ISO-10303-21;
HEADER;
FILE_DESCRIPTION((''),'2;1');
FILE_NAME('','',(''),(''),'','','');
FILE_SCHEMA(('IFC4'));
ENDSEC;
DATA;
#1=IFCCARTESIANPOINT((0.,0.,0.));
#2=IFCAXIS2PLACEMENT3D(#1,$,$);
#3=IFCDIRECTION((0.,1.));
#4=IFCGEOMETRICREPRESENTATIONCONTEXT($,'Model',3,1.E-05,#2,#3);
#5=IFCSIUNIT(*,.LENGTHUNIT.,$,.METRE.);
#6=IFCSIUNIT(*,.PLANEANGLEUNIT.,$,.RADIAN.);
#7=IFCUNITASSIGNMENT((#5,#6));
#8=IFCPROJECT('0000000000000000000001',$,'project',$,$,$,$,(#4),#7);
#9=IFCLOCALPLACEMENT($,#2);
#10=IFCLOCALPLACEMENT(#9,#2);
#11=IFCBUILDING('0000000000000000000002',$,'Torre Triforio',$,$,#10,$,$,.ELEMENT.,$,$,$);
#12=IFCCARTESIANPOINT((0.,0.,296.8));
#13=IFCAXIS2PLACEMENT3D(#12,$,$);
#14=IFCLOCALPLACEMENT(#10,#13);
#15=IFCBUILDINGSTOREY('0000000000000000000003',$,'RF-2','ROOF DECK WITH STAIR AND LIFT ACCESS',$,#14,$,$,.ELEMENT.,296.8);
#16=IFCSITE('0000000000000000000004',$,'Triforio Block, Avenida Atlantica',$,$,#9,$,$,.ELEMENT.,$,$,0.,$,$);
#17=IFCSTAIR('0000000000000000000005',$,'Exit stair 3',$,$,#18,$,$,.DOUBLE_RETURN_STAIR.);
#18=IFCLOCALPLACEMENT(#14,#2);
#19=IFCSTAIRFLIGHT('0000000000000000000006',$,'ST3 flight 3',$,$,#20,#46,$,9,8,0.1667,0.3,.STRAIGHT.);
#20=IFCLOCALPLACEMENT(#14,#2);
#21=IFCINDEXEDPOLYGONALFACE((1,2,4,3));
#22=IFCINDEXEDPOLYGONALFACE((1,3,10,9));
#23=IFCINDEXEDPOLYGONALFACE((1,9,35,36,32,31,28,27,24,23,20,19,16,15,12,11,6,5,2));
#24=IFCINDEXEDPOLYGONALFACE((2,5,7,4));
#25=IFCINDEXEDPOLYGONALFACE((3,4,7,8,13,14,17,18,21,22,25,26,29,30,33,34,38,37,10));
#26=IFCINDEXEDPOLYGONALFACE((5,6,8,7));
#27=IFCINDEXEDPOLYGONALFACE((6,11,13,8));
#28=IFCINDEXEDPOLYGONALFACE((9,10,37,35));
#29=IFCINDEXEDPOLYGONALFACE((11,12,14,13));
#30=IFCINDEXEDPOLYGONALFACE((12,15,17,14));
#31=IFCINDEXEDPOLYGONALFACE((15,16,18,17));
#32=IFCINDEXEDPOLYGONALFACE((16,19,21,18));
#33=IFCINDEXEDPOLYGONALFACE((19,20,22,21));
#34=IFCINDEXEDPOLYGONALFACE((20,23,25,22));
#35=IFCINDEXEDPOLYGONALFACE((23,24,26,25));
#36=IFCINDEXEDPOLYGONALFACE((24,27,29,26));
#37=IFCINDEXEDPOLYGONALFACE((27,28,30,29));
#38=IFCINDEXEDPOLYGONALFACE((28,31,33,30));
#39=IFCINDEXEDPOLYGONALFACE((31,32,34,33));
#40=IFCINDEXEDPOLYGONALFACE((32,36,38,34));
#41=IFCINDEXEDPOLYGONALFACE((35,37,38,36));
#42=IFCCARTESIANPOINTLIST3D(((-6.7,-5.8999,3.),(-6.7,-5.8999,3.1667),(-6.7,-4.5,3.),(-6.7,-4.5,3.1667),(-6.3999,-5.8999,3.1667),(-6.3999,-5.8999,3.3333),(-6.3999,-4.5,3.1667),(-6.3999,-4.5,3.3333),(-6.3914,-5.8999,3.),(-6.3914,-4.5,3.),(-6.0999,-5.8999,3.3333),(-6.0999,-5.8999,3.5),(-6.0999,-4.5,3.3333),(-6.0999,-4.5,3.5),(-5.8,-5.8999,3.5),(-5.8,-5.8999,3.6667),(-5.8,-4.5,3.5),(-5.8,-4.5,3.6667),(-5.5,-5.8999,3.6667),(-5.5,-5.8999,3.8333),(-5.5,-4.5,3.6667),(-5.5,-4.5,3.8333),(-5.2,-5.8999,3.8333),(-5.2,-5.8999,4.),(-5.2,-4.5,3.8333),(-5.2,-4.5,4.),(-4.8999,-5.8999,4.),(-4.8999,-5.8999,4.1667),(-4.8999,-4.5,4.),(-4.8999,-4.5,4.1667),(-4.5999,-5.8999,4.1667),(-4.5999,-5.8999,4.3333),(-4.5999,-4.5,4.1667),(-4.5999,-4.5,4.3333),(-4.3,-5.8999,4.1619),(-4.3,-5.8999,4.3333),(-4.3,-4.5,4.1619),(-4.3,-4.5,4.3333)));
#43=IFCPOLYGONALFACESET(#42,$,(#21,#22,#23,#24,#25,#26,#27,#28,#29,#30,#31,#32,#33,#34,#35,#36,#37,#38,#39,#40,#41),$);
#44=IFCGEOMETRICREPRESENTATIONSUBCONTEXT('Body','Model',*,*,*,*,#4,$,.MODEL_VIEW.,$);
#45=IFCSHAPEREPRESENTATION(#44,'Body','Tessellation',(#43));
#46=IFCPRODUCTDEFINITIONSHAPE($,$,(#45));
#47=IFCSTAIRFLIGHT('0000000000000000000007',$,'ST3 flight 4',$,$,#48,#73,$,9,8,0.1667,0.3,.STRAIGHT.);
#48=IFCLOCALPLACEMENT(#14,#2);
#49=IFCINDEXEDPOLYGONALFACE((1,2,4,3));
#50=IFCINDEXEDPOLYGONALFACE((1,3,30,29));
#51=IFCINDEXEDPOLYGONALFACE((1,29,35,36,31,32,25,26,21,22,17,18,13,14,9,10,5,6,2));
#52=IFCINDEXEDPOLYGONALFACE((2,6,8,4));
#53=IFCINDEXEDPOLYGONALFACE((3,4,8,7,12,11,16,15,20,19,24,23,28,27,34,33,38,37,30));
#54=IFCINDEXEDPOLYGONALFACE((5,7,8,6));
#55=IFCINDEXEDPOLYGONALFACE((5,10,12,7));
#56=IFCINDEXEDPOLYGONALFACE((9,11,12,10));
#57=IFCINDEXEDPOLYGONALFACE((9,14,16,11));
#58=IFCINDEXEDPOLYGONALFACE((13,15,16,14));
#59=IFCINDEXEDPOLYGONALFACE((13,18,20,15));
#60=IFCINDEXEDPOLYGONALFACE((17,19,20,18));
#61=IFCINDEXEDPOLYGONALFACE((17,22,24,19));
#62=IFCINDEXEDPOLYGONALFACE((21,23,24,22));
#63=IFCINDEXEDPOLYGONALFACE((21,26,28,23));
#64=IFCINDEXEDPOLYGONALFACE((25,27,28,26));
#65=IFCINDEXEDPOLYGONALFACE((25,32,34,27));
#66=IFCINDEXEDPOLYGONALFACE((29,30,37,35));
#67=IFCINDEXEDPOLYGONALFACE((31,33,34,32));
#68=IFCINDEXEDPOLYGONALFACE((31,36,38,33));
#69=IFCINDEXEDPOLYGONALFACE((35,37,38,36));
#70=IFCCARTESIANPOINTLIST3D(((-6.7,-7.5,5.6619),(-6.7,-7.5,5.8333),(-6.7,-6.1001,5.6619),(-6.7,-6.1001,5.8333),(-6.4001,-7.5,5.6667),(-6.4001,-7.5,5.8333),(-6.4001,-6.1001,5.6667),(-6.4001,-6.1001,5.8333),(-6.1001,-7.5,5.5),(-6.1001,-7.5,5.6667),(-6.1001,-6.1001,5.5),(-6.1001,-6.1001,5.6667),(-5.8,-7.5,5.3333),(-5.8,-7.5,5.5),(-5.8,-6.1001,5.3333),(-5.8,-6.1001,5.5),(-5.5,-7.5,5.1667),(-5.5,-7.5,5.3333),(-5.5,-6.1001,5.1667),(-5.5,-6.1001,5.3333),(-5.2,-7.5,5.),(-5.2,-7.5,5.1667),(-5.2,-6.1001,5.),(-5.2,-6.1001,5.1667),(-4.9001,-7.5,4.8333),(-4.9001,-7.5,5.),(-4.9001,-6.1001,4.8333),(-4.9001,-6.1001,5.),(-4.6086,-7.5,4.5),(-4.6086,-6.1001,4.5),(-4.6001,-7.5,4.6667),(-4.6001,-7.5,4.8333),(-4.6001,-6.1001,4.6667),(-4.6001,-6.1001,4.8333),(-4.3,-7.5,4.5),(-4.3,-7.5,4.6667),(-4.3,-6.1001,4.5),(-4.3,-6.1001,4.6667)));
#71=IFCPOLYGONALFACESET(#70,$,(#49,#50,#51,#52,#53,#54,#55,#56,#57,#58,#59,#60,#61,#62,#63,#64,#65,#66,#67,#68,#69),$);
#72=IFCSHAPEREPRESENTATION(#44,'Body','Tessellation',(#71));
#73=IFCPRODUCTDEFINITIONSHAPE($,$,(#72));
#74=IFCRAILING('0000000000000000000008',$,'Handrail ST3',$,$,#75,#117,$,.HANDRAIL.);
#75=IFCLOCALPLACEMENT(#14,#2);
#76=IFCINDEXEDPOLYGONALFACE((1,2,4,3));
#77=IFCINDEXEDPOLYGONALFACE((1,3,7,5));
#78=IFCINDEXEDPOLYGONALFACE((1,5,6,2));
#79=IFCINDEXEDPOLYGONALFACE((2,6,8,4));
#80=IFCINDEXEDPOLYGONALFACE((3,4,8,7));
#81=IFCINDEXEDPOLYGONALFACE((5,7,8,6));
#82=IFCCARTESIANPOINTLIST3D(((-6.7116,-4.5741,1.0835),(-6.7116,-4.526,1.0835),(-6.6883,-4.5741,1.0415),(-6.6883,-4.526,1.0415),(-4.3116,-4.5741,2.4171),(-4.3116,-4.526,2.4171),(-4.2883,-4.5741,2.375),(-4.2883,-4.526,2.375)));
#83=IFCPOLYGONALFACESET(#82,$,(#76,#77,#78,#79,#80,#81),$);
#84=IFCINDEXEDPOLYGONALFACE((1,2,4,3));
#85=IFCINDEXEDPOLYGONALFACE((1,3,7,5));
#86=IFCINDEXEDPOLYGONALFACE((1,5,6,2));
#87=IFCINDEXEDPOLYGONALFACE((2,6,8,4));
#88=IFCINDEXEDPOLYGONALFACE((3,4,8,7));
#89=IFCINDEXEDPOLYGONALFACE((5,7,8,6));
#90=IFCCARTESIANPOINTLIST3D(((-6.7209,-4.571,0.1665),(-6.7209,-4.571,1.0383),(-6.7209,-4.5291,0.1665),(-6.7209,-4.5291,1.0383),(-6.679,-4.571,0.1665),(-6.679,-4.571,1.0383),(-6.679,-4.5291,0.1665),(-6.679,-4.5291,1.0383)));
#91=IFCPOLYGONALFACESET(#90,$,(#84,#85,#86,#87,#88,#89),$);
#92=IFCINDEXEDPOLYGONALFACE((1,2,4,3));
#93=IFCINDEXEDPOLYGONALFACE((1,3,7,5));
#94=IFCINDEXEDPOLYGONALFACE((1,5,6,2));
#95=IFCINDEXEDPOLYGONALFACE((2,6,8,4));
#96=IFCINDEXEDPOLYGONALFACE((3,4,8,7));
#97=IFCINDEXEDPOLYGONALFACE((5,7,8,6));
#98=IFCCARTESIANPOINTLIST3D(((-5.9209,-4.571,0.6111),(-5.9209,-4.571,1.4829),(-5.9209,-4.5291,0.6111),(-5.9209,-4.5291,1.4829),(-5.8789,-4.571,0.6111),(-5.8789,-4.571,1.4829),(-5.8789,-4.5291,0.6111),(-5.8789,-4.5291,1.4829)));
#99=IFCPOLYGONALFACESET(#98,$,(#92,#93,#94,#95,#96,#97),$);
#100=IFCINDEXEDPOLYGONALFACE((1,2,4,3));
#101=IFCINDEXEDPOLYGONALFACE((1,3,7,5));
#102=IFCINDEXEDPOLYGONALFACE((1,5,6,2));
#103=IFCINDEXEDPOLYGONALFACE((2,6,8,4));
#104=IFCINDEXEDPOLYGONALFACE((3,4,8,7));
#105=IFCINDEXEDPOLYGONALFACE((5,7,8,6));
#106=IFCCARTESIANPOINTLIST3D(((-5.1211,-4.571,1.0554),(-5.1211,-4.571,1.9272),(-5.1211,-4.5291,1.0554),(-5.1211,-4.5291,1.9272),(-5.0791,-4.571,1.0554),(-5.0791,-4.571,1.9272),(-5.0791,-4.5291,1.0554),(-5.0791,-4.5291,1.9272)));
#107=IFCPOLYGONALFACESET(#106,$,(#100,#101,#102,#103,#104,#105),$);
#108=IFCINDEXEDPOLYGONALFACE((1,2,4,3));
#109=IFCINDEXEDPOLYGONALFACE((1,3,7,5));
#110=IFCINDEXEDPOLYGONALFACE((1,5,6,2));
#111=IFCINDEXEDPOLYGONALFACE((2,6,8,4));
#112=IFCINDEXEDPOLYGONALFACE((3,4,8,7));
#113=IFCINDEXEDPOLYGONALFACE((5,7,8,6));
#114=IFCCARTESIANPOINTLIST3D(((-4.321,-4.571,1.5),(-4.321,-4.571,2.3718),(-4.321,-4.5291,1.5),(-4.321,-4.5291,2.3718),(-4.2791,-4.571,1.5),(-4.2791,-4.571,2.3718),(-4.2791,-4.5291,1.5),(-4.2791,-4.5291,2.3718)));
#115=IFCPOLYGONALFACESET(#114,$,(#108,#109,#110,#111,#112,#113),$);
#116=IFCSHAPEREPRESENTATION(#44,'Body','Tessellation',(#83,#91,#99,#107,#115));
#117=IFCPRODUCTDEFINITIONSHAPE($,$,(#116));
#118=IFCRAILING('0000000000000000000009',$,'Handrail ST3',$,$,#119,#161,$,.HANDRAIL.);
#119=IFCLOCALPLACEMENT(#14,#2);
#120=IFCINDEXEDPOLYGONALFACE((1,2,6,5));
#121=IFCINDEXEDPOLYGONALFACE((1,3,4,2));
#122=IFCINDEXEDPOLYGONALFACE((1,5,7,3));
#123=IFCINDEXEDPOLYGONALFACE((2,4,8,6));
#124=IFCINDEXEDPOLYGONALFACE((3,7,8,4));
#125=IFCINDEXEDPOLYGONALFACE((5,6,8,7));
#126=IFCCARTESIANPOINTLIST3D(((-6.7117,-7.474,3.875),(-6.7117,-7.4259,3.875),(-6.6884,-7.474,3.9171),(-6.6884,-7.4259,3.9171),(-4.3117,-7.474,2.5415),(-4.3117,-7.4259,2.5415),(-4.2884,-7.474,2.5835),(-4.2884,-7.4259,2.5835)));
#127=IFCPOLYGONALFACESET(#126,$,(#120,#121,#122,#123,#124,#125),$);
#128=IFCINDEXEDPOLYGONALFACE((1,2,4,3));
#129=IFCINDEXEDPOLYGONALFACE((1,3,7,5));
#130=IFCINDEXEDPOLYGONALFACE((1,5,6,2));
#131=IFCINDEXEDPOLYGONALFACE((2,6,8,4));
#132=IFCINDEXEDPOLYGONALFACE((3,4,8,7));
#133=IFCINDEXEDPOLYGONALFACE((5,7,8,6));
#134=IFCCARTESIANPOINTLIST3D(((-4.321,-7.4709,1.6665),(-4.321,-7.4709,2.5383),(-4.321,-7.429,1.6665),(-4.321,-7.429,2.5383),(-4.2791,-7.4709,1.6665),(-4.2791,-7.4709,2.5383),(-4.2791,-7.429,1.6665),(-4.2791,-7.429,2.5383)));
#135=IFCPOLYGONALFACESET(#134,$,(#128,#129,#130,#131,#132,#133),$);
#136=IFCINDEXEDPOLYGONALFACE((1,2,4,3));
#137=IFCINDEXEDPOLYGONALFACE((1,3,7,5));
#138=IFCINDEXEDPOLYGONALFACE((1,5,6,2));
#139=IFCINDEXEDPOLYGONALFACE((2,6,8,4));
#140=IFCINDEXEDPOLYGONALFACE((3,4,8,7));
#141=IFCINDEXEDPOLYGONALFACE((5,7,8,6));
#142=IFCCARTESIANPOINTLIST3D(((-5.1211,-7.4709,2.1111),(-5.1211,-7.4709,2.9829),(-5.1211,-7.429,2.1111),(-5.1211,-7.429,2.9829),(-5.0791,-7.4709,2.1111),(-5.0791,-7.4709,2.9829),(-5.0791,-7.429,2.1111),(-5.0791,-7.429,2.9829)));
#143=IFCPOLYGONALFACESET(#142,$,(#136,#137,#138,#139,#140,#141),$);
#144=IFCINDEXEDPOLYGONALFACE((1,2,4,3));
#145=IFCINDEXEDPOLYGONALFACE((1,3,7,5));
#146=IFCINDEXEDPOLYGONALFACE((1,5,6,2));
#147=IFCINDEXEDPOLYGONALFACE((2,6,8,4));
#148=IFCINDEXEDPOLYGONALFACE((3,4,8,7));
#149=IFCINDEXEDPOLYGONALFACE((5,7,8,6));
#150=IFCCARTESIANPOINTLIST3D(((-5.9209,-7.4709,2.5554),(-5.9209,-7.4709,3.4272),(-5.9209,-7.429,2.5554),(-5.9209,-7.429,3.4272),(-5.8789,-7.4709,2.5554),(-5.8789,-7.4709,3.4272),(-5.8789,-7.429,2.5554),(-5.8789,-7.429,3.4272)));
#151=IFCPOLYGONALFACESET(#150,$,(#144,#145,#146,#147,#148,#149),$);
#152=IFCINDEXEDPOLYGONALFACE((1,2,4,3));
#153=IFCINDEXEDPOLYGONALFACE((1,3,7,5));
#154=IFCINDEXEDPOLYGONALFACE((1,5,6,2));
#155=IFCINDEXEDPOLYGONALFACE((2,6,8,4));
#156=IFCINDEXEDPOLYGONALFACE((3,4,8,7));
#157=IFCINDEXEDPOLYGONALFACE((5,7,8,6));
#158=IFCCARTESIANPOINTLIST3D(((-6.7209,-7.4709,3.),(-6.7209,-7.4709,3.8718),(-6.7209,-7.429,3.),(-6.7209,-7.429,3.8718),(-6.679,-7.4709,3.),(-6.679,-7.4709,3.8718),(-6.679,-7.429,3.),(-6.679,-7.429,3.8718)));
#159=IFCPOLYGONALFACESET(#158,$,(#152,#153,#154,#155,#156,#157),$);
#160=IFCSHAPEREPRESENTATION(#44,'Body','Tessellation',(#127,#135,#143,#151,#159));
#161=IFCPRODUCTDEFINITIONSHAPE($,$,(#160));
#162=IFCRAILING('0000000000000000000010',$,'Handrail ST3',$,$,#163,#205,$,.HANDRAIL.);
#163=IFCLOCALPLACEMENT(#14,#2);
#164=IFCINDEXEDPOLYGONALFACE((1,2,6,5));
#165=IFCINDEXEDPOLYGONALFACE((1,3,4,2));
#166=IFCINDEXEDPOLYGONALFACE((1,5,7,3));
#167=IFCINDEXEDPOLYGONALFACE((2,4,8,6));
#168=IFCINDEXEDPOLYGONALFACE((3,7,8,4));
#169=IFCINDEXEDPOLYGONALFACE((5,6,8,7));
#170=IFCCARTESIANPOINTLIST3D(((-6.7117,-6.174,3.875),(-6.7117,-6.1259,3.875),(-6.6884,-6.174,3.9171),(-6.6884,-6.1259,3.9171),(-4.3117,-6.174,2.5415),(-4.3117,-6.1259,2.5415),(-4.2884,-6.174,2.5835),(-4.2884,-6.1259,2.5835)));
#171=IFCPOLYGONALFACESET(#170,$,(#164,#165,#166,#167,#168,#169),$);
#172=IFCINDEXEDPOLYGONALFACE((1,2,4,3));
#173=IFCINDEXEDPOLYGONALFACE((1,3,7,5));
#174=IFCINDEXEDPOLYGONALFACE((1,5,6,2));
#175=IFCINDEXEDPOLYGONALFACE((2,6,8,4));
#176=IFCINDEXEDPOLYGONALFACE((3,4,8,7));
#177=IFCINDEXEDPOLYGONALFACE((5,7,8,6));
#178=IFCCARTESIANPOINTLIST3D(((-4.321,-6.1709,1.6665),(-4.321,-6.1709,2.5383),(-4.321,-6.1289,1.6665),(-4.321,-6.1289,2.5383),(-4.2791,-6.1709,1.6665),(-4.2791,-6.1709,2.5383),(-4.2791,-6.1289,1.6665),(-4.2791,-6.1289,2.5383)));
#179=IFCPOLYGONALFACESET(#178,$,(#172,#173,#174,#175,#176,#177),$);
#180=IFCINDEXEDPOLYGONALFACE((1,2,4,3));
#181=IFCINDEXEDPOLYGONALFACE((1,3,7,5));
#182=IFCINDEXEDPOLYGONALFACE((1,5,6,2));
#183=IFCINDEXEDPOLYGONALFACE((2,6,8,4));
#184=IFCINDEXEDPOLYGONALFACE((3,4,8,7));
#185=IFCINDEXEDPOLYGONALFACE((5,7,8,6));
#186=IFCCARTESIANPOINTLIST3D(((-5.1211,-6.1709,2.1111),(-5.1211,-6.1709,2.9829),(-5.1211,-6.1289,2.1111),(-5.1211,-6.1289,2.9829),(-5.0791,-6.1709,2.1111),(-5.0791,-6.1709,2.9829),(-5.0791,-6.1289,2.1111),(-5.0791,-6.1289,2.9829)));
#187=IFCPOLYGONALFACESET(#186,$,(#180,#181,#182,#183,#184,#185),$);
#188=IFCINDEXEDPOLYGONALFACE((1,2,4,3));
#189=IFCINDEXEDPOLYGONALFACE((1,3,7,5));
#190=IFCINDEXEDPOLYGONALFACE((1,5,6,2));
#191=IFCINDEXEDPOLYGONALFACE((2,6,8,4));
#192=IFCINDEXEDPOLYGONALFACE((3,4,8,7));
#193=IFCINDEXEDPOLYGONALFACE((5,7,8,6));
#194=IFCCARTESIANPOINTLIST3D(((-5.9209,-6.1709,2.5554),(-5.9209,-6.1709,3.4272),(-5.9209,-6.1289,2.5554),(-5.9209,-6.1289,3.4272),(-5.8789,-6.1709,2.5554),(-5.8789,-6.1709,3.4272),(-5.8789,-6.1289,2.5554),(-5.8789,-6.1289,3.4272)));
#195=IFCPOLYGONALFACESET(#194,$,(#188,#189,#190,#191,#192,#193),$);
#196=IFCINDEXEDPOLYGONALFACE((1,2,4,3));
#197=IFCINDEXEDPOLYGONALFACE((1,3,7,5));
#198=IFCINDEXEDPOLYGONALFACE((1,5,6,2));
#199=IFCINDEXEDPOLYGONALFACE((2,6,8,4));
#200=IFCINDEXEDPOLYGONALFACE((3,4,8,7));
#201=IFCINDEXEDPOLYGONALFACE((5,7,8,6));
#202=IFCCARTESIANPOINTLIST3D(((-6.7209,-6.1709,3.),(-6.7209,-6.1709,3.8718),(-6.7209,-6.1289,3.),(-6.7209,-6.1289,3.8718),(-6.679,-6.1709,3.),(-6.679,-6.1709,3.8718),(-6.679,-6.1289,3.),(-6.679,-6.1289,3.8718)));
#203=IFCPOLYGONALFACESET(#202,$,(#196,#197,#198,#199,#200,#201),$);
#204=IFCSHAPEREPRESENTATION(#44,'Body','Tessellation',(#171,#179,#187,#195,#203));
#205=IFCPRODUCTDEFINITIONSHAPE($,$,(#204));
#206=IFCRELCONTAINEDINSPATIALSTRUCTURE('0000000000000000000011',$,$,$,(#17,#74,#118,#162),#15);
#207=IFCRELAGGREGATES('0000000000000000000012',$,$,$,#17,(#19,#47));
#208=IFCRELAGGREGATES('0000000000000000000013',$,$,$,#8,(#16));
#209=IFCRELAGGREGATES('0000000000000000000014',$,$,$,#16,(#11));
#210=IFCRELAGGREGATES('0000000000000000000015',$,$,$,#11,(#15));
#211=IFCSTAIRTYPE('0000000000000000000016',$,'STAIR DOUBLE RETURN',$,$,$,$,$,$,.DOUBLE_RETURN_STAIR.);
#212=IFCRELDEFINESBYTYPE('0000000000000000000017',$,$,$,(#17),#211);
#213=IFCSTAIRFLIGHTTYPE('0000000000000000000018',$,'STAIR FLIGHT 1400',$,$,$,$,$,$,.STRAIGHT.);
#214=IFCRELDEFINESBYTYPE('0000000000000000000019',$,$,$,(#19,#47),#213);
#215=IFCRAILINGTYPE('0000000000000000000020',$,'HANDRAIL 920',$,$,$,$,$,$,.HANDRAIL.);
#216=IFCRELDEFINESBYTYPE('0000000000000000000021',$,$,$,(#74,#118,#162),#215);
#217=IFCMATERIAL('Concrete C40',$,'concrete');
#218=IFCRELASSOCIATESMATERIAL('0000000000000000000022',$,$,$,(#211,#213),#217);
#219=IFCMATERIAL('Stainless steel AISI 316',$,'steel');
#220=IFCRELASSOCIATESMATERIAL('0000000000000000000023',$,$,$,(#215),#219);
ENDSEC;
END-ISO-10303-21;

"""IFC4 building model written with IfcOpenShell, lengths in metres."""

from ifc_helpers import new_model, si_unit, direction, frame, origin, origin_2d, place, context, subcontext, project, spatial, polyline, rectangle, outline, extrude, material, type_object, element, aggregate, save


model = new_model("IFC4")

# Units and contexts
model_context = context("Model", 3, precision=1e-05, world=origin(), true_north=direction((0.0, 1.0)))
body_context = subcontext(model_context, "Body", "Model", "MODEL_VIEW")
ifc_project = project(units=[si_unit("LENGTHUNIT", "METRE"), si_unit("PLANEANGLEUNIT", "RADIAN")], contexts=[model_context])

# Site, building, storey
site_placement = place(None, origin())
site = spatial("IfcSite", under=ifc_project, at=site_placement, Name="Triforio Block, Avenida Atlantica", CompositionType="ELEMENT", RefElevation=0.0)
building_placement = place(site_placement, origin())
building = spatial("IfcBuilding", under=site, at=building_placement, Name="Torre Triforio", CompositionType="ELEMENT")
storey_placement = place(building_placement, frame((0.0, 0.0, 296.8)))
storey = spatial("IfcBuildingStorey", under=building, at=storey_placement, Name="RF-2", Description="ROOF DECK WITH STAIR AND LIFT ACCESS", CompositionType="ELEMENT", Elevation=296.8)

# Shared definitions
ifc_material_1 = material(Name="Concrete C40", Category="concrete")

# Stair, stair flights
stair_type = type_object("IfcStairType", Name="STAIR DOUBLE RETURN", PredefinedType="DOUBLE_RETURN_STAIR", material=ifc_material_1)
stair_placement = place(storey_placement, origin())
stair = element("IfcStair", 1, at=stair_placement, inside=storey, type_object=stair_type, Name="Exit stair 3", PredefinedType="DOUBLE_RETURN_STAIR")
stair_flight_type = type_object("IfcStairFlightType", Name="STAIR FLIGHT 1400", PredefinedType="STRAIGHT", material=ifc_material_1)
stair_flight_1_placement = place(storey_placement, frame((-6.7, -5.2, 3.0), z_axis=(0.0, 0.0, 1.0), x_axis=(1.0, 0.0, 0.0)))
stair_flight_1 = element("IfcStairFlight", 2, at=stair_flight_1_placement, type_object=stair_flight_type, Name="ST3 flight 3", NumberOfRisers=9, NumberOfTreads=8, PredefinedType="STRAIGHT", RiserHeight=0.1667, TreadLength=0.3, context=body_context, shape_type="SweptSolid", body=[
    extrude(outline(polyline([(0.0, 0.0), (0.0, 0.1667), (0.3, 0.1667), (0.3, 0.3333), (0.6001, 0.3333), (0.6001, 0.5), (0.8999, 0.5), (0.8999, 0.6667), (1.2, 0.6667), (1.2, 0.8333), (1.5, 0.8333), (1.5, 1.0), (1.8, 1.0), (1.8, 1.1667), (2.1001, 1.1667), (2.1001, 1.3333), (2.3999, 1.3333), (2.3999, 1.5), (2.3999, 1.1619), (0.3086, 0.0), (0.0, 0.0)])), frame((0.0, 0.7, 0.0), z_axis=(0.0, -1.0, 0.0), x_axis=(1.0, 0.0, 0.0)), (0.0, 0.0, 1.0), 1.3999),
])
stair_flight_2_placement = place(storey_placement, frame((-4.3, -6.8, 4.5), z_axis=(0.0, 0.0, 1.0), x_axis=(-1.0, 0.0, 0.0)))
stair_flight_2 = element("IfcStairFlight", 3, at=stair_flight_2_placement, type_object=stair_flight_type, Name="ST3 flight 4", NumberOfRisers=9, NumberOfTreads=8, PredefinedType="STRAIGHT", RiserHeight=0.1667, TreadLength=0.3, context=body_context, shape_type="SweptSolid", body=[
    extrude(outline(polyline([(0.0, 0.0), (0.0, 0.1667), (0.3, 0.1667), (0.3, 0.3333), (0.6001, 0.3333), (0.6001, 0.5), (0.8999, 0.5), (0.8999, 0.6667), (1.2, 0.6667), (1.2, 0.8333), (1.5, 0.8333), (1.5, 1.0), (1.8, 1.0), (1.8, 1.1667), (2.1001, 1.1667), (2.1001, 1.3333), (2.3999, 1.3333), (2.3999, 1.5), (2.3999, 1.1619), (0.3086, 0.0), (0.0, 0.0)])), frame((0.0, 0.7, 0.0), z_axis=(0.0, -1.0, 0.0), x_axis=(1.0, 0.0, 0.0)), (0.0, 0.0, 1.0), 1.3999),
])
aggregate(stair, [stair_flight_1, stair_flight_2])

# Railings
ifc_material_2 = material(Name="Stainless steel AISI 316", Category="steel")
railing_type = type_object("IfcRailingType", Name="HANDRAIL 920", PredefinedType="HANDRAIL", material=ifc_material_2)
railing_1_placement = place(storey_placement, frame((-6.7, -4.55, 0.1665)))
element("IfcRailing", 4, at=railing_1_placement, inside=storey, type_object=railing_type, Name="Handrail ST3", PredefinedType="HANDRAIL", context=body_context, shape_type="SweptSolid", body=[
    extrude(rectangle(XDim=0.0481, YDim=0.0481, at=origin_2d()), frame((0.0, 0.0, 0.896), z_axis=(0.874124, 0.0, 0.485703), x_axis=(0.0, 1.0, 0.0)), (0.0, 0.0, 1.0), 2.7456),
    extrude(rectangle(XDim=0.042, YDim=0.042, at=origin_2d()), origin(), (0.0, 0.0, 1.0), 0.8718),
    extrude(rectangle(XDim=0.042, YDim=0.042, at=origin_2d()), frame((0.8, 0.0, 0.4446)), (0.0, 0.0, 1.0), 0.8718),
    extrude(rectangle(XDim=0.042, YDim=0.042, at=origin_2d()), frame((1.5999, 0.0, 0.8889)), (0.0, 0.0, 1.0), 0.8718),
    extrude(rectangle(XDim=0.042, YDim=0.042, at=origin_2d()), frame((2.3999, 0.0, 1.3335)), (0.0, 0.0, 1.0), 0.8718),
])
for number, where, name in (
    (5, (-4.3, -7.45, 1.6665), "Handrail ST3"),
    (6, (-4.3, -6.1499, 1.6665), "Handrail ST3"),
):
    element("IfcRailing", number, at=place(storey_placement, frame(where)), inside=storey, type_object=railing_type, Name=name, PredefinedType="HANDRAIL", context=body_context, shape_type="SweptSolid", body=[
        extrude(rectangle(XDim=0.0481, YDim=0.0481, at=origin_2d()), frame((0.0, 0.0, 0.896), z_axis=(-0.874124, 0.0, 0.485703), x_axis=(0.0, -1.0, 0.0)), (0.0, 0.0, 1.0), 2.7456),
        extrude(rectangle(XDim=0.042, YDim=0.042, at=origin_2d()), origin(), (0.0, 0.0, 1.0), 0.8718),
        extrude(rectangle(XDim=0.042, YDim=0.042, at=origin_2d()), frame((-0.8, 0.0, 0.4446)), (0.0, 0.0, 1.0), 0.8718),
        extrude(rectangle(XDim=0.042, YDim=0.042, at=origin_2d()), frame((-1.5999, 0.0, 0.8889)), (0.0, 0.0, 1.0), 0.8718),
        extrude(rectangle(XDim=0.042, YDim=0.042, at=origin_2d()), frame((-2.3999, 0.0, 1.3335)), (0.0, 0.0, 1.0), 0.8718),
    ])

save(model, "model.ifc")
